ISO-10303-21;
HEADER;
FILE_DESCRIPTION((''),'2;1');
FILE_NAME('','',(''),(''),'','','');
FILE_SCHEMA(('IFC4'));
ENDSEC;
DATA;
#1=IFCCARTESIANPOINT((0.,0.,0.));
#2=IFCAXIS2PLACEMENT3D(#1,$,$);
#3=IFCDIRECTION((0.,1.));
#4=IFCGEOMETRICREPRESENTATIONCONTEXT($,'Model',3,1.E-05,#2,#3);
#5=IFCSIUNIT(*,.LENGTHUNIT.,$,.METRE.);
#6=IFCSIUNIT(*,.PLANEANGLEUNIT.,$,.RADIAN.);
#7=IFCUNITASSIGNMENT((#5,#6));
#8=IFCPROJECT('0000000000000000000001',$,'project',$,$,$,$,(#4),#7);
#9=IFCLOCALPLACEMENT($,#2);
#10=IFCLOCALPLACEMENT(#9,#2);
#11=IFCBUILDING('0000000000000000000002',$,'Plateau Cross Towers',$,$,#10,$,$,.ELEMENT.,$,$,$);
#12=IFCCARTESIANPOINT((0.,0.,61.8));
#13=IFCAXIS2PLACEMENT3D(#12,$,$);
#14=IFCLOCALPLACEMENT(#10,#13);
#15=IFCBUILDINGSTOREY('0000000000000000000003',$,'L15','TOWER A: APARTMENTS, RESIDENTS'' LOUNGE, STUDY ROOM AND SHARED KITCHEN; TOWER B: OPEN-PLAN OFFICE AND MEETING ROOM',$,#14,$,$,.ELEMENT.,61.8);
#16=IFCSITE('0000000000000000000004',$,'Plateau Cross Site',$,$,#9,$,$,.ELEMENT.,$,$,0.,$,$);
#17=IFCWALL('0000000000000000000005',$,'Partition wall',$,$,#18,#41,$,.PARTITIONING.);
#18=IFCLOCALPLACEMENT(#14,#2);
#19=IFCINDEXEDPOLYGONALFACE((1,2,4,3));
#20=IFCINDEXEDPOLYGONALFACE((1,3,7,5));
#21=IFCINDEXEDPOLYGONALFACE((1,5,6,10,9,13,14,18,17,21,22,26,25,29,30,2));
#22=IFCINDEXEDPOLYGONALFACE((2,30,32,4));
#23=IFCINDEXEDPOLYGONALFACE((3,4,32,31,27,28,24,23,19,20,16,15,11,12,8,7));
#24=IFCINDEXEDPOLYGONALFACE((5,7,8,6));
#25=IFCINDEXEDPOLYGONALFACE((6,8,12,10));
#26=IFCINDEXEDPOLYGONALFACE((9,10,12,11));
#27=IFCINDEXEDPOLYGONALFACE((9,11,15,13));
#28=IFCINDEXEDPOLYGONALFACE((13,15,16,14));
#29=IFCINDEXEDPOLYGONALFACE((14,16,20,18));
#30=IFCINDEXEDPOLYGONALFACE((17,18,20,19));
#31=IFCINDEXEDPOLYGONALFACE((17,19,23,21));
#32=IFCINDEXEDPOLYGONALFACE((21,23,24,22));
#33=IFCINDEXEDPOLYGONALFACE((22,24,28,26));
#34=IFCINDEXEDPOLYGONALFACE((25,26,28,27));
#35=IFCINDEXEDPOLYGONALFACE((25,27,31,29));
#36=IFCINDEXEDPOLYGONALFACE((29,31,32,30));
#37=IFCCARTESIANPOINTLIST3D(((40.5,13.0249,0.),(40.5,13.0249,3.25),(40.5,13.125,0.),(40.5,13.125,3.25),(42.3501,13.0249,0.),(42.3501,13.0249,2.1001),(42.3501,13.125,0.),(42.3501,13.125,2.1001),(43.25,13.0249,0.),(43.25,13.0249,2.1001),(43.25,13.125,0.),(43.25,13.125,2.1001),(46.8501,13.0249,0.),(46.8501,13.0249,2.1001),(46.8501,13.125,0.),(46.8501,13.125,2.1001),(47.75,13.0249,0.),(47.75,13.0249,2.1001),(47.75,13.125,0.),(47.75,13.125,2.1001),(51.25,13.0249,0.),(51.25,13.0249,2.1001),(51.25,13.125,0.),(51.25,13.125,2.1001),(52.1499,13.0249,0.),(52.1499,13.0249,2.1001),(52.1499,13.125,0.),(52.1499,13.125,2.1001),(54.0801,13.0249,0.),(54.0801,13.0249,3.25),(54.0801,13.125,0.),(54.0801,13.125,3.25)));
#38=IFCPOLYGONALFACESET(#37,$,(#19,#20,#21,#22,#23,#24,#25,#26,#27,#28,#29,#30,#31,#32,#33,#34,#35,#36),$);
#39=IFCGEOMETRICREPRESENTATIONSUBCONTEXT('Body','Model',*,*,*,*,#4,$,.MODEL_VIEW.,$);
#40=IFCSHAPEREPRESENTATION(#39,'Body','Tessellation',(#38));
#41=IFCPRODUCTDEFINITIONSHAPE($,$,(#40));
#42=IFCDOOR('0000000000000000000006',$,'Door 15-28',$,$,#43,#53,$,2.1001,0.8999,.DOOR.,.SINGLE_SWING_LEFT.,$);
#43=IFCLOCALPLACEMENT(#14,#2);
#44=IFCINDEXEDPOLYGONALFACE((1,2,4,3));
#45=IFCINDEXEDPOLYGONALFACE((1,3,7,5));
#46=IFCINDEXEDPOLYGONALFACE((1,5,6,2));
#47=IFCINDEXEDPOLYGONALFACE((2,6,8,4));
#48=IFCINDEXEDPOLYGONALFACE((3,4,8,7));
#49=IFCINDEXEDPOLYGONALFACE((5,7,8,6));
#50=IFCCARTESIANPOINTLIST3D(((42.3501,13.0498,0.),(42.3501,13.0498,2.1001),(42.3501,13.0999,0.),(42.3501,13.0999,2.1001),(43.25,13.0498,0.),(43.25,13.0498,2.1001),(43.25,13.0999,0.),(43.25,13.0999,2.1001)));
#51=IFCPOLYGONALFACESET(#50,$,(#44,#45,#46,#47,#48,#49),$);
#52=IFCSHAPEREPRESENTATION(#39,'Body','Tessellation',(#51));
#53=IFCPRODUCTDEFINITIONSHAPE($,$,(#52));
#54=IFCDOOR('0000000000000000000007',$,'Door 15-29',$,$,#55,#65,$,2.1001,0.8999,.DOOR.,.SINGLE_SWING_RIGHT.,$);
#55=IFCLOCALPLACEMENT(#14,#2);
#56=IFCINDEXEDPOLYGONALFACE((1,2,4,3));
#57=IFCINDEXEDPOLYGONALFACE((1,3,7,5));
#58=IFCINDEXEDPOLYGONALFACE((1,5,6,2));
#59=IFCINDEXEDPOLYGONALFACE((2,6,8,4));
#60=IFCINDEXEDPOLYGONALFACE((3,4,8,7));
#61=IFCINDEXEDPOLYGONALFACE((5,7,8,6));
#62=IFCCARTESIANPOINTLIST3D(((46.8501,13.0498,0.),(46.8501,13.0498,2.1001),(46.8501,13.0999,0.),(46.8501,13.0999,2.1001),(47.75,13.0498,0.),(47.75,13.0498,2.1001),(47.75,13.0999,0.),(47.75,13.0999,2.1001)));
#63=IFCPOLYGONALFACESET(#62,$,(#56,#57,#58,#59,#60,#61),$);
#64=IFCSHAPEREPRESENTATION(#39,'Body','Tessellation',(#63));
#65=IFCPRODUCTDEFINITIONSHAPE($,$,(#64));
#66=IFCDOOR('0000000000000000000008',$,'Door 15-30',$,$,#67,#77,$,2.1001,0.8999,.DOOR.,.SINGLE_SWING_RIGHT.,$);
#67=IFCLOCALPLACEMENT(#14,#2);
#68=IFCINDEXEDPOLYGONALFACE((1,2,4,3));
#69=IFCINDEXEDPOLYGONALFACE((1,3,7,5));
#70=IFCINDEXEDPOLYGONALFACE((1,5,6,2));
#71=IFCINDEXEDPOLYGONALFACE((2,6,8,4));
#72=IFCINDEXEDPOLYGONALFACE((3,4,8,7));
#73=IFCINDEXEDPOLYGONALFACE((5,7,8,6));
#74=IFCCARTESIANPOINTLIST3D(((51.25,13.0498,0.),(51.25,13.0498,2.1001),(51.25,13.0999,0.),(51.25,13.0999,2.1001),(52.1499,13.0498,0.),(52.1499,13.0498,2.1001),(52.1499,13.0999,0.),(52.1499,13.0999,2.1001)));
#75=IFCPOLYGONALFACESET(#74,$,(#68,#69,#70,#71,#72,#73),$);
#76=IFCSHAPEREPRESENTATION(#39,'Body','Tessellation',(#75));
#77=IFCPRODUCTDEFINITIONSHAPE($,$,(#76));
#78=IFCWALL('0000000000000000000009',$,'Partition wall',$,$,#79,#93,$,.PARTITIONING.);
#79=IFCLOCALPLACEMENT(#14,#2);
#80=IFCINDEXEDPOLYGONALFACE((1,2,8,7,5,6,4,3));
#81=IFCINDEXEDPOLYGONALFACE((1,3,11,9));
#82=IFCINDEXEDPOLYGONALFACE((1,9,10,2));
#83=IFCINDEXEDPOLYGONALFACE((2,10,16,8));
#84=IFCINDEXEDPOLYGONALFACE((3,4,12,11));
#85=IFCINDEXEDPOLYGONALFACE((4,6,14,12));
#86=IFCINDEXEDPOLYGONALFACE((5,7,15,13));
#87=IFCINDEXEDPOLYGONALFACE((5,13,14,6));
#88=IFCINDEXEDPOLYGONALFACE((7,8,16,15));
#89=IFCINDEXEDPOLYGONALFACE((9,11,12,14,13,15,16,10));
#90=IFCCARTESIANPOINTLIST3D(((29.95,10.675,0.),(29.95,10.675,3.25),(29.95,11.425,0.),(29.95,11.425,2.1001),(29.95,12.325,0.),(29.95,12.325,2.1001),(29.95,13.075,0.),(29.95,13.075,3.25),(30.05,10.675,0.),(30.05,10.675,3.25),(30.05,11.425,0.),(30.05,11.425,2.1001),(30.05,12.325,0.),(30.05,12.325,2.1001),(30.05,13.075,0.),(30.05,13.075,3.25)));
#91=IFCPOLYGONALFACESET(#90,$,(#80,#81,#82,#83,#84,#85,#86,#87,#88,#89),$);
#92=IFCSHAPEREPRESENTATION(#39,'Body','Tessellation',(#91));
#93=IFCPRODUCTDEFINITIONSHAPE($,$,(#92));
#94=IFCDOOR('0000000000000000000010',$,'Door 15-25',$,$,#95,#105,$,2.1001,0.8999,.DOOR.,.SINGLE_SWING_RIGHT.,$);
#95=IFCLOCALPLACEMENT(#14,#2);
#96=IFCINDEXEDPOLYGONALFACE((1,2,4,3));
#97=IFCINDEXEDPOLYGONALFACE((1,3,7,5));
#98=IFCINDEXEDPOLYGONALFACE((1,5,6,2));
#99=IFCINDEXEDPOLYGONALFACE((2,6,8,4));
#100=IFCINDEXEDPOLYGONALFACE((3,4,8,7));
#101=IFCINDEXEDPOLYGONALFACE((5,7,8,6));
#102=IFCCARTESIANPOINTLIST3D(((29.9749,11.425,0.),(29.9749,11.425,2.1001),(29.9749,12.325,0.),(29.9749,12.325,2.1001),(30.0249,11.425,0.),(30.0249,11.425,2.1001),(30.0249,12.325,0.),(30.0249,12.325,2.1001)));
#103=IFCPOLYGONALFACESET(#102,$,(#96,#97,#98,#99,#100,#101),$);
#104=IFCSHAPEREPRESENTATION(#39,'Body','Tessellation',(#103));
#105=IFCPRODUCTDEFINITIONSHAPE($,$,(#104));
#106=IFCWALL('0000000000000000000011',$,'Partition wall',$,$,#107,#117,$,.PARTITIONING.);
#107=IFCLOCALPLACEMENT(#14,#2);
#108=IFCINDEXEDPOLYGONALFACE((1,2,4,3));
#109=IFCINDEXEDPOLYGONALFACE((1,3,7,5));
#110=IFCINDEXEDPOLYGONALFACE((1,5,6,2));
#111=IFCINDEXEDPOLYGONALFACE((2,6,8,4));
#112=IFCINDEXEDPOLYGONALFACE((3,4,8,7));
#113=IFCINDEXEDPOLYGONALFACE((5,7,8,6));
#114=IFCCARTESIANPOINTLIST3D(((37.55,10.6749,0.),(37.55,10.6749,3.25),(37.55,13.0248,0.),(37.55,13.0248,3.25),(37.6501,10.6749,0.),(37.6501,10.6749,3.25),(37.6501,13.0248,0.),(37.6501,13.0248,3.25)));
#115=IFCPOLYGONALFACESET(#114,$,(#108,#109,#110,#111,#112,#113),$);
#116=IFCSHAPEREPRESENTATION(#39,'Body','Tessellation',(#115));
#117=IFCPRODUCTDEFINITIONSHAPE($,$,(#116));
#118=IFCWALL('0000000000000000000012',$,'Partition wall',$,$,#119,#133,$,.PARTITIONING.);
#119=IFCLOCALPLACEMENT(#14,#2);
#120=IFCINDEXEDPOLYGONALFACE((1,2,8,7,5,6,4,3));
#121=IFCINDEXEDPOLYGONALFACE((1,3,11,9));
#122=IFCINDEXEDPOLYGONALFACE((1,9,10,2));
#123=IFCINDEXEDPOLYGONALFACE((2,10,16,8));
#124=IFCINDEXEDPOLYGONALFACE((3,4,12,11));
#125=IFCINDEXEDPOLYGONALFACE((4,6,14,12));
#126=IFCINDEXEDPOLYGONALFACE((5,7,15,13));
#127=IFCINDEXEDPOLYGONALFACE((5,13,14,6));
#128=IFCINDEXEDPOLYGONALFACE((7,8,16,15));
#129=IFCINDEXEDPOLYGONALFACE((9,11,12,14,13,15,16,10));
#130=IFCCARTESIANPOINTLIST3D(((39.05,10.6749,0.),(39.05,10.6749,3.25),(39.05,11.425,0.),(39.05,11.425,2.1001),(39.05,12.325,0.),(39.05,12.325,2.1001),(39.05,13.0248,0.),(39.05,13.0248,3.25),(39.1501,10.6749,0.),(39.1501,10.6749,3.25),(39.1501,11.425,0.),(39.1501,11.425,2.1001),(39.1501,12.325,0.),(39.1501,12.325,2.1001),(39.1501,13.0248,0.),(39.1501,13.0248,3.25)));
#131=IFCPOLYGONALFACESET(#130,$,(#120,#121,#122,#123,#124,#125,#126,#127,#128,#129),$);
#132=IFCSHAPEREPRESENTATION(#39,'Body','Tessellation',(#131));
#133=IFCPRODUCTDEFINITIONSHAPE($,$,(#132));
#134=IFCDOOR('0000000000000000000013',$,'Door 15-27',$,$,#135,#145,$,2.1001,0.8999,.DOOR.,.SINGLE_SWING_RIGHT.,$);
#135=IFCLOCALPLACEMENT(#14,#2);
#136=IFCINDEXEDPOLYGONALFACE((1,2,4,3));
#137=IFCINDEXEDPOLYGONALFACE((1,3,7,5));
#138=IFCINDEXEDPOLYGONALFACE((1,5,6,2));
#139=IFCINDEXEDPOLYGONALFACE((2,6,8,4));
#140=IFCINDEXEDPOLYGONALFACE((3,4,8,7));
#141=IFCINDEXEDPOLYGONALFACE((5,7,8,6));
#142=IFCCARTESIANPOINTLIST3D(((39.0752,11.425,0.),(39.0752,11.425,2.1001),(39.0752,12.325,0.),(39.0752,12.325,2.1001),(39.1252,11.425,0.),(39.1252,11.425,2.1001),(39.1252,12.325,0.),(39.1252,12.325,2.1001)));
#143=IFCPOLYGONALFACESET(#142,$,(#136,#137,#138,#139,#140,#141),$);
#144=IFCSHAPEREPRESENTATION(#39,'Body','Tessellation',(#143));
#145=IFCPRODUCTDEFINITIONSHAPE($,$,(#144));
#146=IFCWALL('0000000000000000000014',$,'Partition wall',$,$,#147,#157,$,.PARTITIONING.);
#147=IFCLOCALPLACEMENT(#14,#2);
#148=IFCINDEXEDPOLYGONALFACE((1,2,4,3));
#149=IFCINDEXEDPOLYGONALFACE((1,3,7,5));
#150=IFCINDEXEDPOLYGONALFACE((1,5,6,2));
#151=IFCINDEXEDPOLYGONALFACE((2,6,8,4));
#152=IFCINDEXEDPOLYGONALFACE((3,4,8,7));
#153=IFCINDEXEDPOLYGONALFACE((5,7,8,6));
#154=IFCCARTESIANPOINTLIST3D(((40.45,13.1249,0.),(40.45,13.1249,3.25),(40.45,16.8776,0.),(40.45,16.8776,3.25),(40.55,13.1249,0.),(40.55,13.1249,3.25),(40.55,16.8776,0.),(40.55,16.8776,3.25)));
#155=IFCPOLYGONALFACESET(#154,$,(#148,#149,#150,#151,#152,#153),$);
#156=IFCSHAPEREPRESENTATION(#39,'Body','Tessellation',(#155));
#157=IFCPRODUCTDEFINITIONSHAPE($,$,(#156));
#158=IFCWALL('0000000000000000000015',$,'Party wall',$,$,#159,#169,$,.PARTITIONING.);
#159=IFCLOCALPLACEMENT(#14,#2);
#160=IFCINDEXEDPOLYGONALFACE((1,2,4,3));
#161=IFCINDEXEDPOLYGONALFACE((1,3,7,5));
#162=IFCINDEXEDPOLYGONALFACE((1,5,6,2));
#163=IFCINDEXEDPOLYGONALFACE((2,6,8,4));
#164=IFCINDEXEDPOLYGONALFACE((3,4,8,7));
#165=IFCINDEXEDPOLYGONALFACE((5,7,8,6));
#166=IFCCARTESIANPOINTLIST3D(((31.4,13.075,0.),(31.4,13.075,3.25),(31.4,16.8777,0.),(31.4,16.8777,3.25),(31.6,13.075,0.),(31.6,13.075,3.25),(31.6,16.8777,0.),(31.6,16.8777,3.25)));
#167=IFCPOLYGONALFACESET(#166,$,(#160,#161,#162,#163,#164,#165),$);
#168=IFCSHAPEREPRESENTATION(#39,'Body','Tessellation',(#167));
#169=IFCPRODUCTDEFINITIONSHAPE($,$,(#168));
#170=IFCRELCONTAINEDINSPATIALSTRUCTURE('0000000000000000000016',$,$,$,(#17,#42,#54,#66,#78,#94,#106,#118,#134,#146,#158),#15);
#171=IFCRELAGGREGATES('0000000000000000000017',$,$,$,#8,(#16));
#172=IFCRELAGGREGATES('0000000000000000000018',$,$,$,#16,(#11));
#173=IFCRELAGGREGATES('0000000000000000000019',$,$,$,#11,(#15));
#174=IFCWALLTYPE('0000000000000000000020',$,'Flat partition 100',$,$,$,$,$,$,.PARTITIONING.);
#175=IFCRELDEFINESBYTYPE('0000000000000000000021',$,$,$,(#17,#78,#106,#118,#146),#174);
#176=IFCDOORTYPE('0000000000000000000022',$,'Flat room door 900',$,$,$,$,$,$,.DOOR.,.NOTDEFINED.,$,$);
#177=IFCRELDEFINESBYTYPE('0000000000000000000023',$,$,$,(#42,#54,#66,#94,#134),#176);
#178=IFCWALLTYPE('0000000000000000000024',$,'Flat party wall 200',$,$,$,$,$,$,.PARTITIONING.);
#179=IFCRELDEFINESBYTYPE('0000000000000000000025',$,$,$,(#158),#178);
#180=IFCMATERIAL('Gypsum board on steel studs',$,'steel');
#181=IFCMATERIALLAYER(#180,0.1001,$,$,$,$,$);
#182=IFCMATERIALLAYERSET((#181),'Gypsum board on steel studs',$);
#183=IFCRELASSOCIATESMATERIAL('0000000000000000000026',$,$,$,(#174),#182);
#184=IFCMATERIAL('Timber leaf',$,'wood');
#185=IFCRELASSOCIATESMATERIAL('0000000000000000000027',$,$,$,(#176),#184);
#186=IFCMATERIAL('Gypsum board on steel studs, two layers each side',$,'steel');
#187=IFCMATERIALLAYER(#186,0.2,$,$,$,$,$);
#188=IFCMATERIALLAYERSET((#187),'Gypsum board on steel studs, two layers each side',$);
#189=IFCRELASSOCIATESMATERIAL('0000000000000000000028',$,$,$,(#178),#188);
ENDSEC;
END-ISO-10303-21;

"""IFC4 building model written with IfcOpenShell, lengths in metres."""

from ifc_helpers import new_model, si_unit, direction, frame, frame_2d, origin, place, context, subcontext, project, spatial, rectangle, extrude, material, layer, layer_set, type_object, element, fill, save


model = new_model("IFC4")

# Units and contexts
model_context = context("Model", 3, precision=1e-05, world=origin(), true_north=direction((0.0, 1.0)))
body_context = subcontext(model_context, "Body", "Model", "MODEL_VIEW")
ifc_project = project(units=[si_unit("LENGTHUNIT", "METRE"), si_unit("PLANEANGLEUNIT", "RADIAN")], contexts=[model_context])

# Site, building, storey
site_placement = place(None, origin())
site = spatial("IfcSite", under=ifc_project, at=site_placement, Name="Plateau Cross Site", CompositionType="ELEMENT", RefElevation=0.0)
building_placement = place(site_placement, origin())
building = spatial("IfcBuilding", under=site, at=building_placement, Name="Plateau Cross Towers", CompositionType="ELEMENT")
storey_placement = place(building_placement, frame((0.0, 0.0, 61.8)))
storey = spatial("IfcBuildingStorey", under=building, at=storey_placement, Name="L15", Description="TOWER A: APARTMENTS, RESIDENTS' LOUNGE, STUDY ROOM AND SHARED KITCHEN; TOWER B: OPEN-PLAN OFFICE AND MEETING ROOM", CompositionType="ELEMENT", Elevation=61.8)

# Shared definitions
ifc_material_1 = material(Name="Gypsum board on steel studs", Category="steel")
ifc_layer_1 = layer(ifc_material_1, 0.1001)
ifc_layer_set_1 = layer_set([ifc_layer_1], Name="Gypsum board on steel studs")
wall_type_1 = type_object("IfcWallType", Name="Flat partition 100", PredefinedType="PARTITIONING", material=ifc_layer_set_1)

# Shared definitions
ifc_material_2 = material(Name="Timber leaf", Category="wood")
door_type = type_object("IfcDoorType", Name="Flat room door 900", OperationType="NOTDEFINED", PredefinedType="DOOR", material=ifc_material_2)

# Wall, openings, doors
wall_1_placement = place(storey_placement, frame((40.5, 13.075, 0.0), z_axis=(0.0, 0.0, 1.0), x_axis=(1.0, 0.0, 0.0)))
wall_1 = element("IfcWall", 1, at=wall_1_placement, inside=storey, type_object=wall_type_1, Name="Partition wall", PredefinedType="PARTITIONING", context=body_context, shape_type="SweptSolid", body=[
    extrude(rectangle(XDim=13.5801, YDim=0.1001, at=frame_2d((6.79, 0.0))), origin(), (0.0, 0.0, 1.0), 3.25),
])
opening_1_placement = place(wall_1_placement, frame((1.8501, 0.0, 0.0)))
opening_1 = element("IfcOpeningElement", 2, at=opening_1_placement, cuts=wall_1, PredefinedType="OPENING", context=body_context, shape_type="SweptSolid", body=[
    extrude(rectangle(XDim=0.8999, YDim=2.1001, at=frame_2d((0.45, 1.05))), frame((0.0, 0.0601, 0.0), z_axis=(0.0, -1.0, 0.0), x_axis=(1.0, 0.0, 0.0)), (0.0, 0.0, 1.0), 0.1201),
])
opening_2_placement = place(wall_1_placement, frame((6.3501, 0.0, 0.0)))
opening_2 = element("IfcOpeningElement", 3, at=opening_2_placement, cuts=wall_1, PredefinedType="OPENING", context=body_context, shape_type="SweptSolid", body=[
    extrude(rectangle(XDim=0.8999, YDim=2.1001, at=frame_2d((0.45, 1.05))), frame((0.0, 0.0601, 0.0), z_axis=(0.0, -1.0, 0.0), x_axis=(1.0, 0.0, 0.0)), (0.0, 0.0, 1.0), 0.1201),
])
opening_3_placement = place(wall_1_placement, frame((10.75, 0.0, 0.0)))
opening_3 = element("IfcOpeningElement", 4, at=opening_3_placement, cuts=wall_1, PredefinedType="OPENING", context=body_context, shape_type="SweptSolid", body=[
    extrude(rectangle(XDim=0.8999, YDim=2.1001, at=frame_2d((0.45, 1.05))), frame((0.0, 0.0601, 0.0), z_axis=(0.0, -1.0, 0.0), x_axis=(1.0, 0.0, 0.0)), (0.0, 0.0, 1.0), 0.1201),
])
door_1_placement = place(opening_1_placement, origin())
door_1 = element("IfcDoor", 5, at=door_1_placement, inside=storey, type_object=door_type, Name="Door 15-28", OperationType="SINGLE_SWING_LEFT", OverallHeight=2.1001, OverallWidth=0.8999, PredefinedType="DOOR", context=body_context, shape_type="SweptSolid", body=[
    extrude(rectangle(XDim=0.8999, YDim=2.1001, at=frame_2d((0.45, 1.05))), frame((0.0, 0.0249, 0.0), z_axis=(0.0, -1.0, 0.0), x_axis=(1.0, 0.0, 0.0)), (0.0, 0.0, 1.0), 0.05),
])
fill(opening_1, door_1)
door_2_placement = place(opening_2_placement, origin())
door_2 = element("IfcDoor", 6, at=door_2_placement, inside=storey, type_object=door_type, Name="Door 15-29", OperationType="SINGLE_SWING_RIGHT", OverallHeight=2.1001, OverallWidth=0.8999, PredefinedType="DOOR", context=body_context, shape_type="SweptSolid", body=[
    extrude(rectangle(XDim=0.8999, YDim=2.1001, at=frame_2d((0.45, 1.05))), frame((0.0, 0.0249, 0.0), z_axis=(0.0, -1.0, 0.0), x_axis=(1.0, 0.0, 0.0)), (0.0, 0.0, 1.0), 0.05),
])
fill(opening_2, door_2)
door_3_placement = place(opening_3_placement, origin())
door_3 = element("IfcDoor", 7, at=door_3_placement, inside=storey, type_object=door_type, Name="Door 15-30", OperationType="SINGLE_SWING_RIGHT", OverallHeight=2.1001, OverallWidth=0.8999, PredefinedType="DOOR", context=body_context, shape_type="SweptSolid", body=[
    extrude(rectangle(XDim=0.8999, YDim=2.1001, at=frame_2d((0.45, 1.05))), frame((0.0, 0.0249, 0.0), z_axis=(0.0, -1.0, 0.0), x_axis=(1.0, 0.0, 0.0)), (0.0, 0.0, 1.0), 0.05),
])
fill(opening_3, door_3)

# Wall, opening, door
wall_2_placement = place(storey_placement, frame((30.0, 13.075, 0.0), z_axis=(0.0, 0.0, 1.0), x_axis=(0.0, -1.0, 0.0)))
wall_2 = element("IfcWall", 8, at=wall_2_placement, inside=storey, type_object=wall_type_1, Name="Partition wall", PredefinedType="PARTITIONING", context=body_context, shape_type="SweptSolid", body=[
    extrude(rectangle(XDim=2.3999, YDim=0.1001, at=frame_2d((1.2, 0.0))), origin(), (0.0, 0.0, 1.0), 3.25),
])
opening_4_placement = place(wall_2_placement, frame((0.75, 0.0, 0.0)))
opening_4 = element("IfcOpeningElement", 9, at=opening_4_placement, cuts=wall_2, PredefinedType="OPENING", context=body_context, shape_type="SweptSolid", body=[
    extrude(rectangle(XDim=0.8999, YDim=2.1001, at=frame_2d((0.45, 1.05))), frame((0.0, 0.0601, 0.0), z_axis=(0.0, -1.0, 0.0), x_axis=(1.0, 0.0, 0.0)), (0.0, 0.0, 1.0), 0.1201),
])
door_4_placement = place(opening_4_placement, origin())
door_4 = element("IfcDoor", 10, at=door_4_placement, inside=storey, type_object=door_type, Name="Door 15-25", OperationType="SINGLE_SWING_RIGHT", OverallHeight=2.1001, OverallWidth=0.8999, PredefinedType="DOOR", context=body_context, shape_type="SweptSolid", body=[
    extrude(rectangle(XDim=0.8999, YDim=2.1001, at=frame_2d((0.45, 1.05))), frame((0.0, 0.0249, 0.0), z_axis=(0.0, -1.0, 0.0), x_axis=(1.0, 0.0, 0.0)), (0.0, 0.0, 1.0), 0.05),
])
fill(opening_4, door_4)

# Wall
wall_3_placement = place(storey_placement, frame((37.6001, 10.675, 0.0), z_axis=(0.0, 0.0, 1.0), x_axis=(0.0, 1.0, 0.0)))
element("IfcWall", 11, at=wall_3_placement, inside=storey, type_object=wall_type_1, Name="Partition wall", PredefinedType="PARTITIONING", context=body_context, shape_type="SweptSolid", body=[
    extrude(rectangle(XDim=2.3499, YDim=0.1001, at=frame_2d((1.1748, 0.0))), origin(), (0.0, 0.0, 1.0), 3.25),
])

# Wall, opening, door
wall_4_placement = place(storey_placement, frame((39.1001, 10.675, 0.0), z_axis=(0.0, 0.0, 1.0), x_axis=(0.0, 1.0, 0.0)))
wall_4 = element("IfcWall", 12, at=wall_4_placement, inside=storey, type_object=wall_type_1, Name="Partition wall", PredefinedType="PARTITIONING", context=body_context, shape_type="SweptSolid", body=[
    extrude(rectangle(XDim=2.3499, YDim=0.1001, at=frame_2d((1.1748, 0.0))), origin(), (0.0, 0.0, 1.0), 3.25),
])
opening_5_placement = place(wall_4_placement, frame((0.75, 0.0, 0.0)))
opening_5 = element("IfcOpeningElement", 13, at=opening_5_placement, cuts=wall_4, PredefinedType="OPENING", context=body_context, shape_type="SweptSolid", body=[
    extrude(rectangle(XDim=0.8999, YDim=2.1001, at=frame_2d((0.45, 1.05))), frame((0.0, 0.0601, 0.0), z_axis=(0.0, -1.0, 0.0), x_axis=(1.0, 0.0, 0.0)), (0.0, 0.0, 1.0), 0.1201),
])
door_5_placement = place(opening_5_placement, origin())
door_5 = element("IfcDoor", 14, at=door_5_placement, inside=storey, type_object=door_type, Name="Door 15-27", OperationType="SINGLE_SWING_RIGHT", OverallHeight=2.1001, OverallWidth=0.8999, PredefinedType="DOOR", context=body_context, shape_type="SweptSolid", body=[
    extrude(rectangle(XDim=0.8999, YDim=2.1001, at=frame_2d((0.45, 1.05))), frame((0.0, 0.0249, 0.0), z_axis=(0.0, -1.0, 0.0), x_axis=(1.0, 0.0, 0.0)), (0.0, 0.0, 1.0), 0.05),
])
fill(opening_5, door_5)

# Walls
wall_5_placement = place(storey_placement, frame((40.5, 16.8777, 0.0), z_axis=(0.0, 0.0, 1.0), x_axis=(0.0, -1.0, 0.0)))
element("IfcWall", 15, at=wall_5_placement, inside=storey, type_object=wall_type_1, Name="Partition wall", PredefinedType="PARTITIONING", context=body_context, shape_type="SweptSolid", body=[
    extrude(rectangle(XDim=3.7527, YDim=0.1001, at=frame_2d((1.8765, 0.0))), origin(), (0.0, 0.0, 1.0), 3.25),
])
ifc_material_3 = material(Name="Gypsum board on steel studs, two layers each side", Category="steel")
ifc_layer_2 = layer(ifc_material_3, 0.2)
ifc_layer_set_2 = layer_set([ifc_layer_2], Name="Gypsum board on steel studs, two layers each side")
wall_type_2 = type_object("IfcWallType", Name="Flat party wall 200", PredefinedType="PARTITIONING", material=ifc_layer_set_2)
wall_6_placement = place(storey_placement, frame((31.5, 16.8777, 0.0), z_axis=(0.0, 0.0, 1.0), x_axis=(0.0, -1.0, 0.0)))
element("IfcWall", 16, at=wall_6_placement, inside=storey, type_object=wall_type_2, Name="Party wall", PredefinedType="PARTITIONING", context=body_context, shape_type="SweptSolid", body=[
    extrude(rectangle(XDim=3.8027, YDim=0.2, at=frame_2d((1.9014, 0.0))), origin(), (0.0, 0.0, 1.0), 3.25),
])

save(model, "model.ifc")
